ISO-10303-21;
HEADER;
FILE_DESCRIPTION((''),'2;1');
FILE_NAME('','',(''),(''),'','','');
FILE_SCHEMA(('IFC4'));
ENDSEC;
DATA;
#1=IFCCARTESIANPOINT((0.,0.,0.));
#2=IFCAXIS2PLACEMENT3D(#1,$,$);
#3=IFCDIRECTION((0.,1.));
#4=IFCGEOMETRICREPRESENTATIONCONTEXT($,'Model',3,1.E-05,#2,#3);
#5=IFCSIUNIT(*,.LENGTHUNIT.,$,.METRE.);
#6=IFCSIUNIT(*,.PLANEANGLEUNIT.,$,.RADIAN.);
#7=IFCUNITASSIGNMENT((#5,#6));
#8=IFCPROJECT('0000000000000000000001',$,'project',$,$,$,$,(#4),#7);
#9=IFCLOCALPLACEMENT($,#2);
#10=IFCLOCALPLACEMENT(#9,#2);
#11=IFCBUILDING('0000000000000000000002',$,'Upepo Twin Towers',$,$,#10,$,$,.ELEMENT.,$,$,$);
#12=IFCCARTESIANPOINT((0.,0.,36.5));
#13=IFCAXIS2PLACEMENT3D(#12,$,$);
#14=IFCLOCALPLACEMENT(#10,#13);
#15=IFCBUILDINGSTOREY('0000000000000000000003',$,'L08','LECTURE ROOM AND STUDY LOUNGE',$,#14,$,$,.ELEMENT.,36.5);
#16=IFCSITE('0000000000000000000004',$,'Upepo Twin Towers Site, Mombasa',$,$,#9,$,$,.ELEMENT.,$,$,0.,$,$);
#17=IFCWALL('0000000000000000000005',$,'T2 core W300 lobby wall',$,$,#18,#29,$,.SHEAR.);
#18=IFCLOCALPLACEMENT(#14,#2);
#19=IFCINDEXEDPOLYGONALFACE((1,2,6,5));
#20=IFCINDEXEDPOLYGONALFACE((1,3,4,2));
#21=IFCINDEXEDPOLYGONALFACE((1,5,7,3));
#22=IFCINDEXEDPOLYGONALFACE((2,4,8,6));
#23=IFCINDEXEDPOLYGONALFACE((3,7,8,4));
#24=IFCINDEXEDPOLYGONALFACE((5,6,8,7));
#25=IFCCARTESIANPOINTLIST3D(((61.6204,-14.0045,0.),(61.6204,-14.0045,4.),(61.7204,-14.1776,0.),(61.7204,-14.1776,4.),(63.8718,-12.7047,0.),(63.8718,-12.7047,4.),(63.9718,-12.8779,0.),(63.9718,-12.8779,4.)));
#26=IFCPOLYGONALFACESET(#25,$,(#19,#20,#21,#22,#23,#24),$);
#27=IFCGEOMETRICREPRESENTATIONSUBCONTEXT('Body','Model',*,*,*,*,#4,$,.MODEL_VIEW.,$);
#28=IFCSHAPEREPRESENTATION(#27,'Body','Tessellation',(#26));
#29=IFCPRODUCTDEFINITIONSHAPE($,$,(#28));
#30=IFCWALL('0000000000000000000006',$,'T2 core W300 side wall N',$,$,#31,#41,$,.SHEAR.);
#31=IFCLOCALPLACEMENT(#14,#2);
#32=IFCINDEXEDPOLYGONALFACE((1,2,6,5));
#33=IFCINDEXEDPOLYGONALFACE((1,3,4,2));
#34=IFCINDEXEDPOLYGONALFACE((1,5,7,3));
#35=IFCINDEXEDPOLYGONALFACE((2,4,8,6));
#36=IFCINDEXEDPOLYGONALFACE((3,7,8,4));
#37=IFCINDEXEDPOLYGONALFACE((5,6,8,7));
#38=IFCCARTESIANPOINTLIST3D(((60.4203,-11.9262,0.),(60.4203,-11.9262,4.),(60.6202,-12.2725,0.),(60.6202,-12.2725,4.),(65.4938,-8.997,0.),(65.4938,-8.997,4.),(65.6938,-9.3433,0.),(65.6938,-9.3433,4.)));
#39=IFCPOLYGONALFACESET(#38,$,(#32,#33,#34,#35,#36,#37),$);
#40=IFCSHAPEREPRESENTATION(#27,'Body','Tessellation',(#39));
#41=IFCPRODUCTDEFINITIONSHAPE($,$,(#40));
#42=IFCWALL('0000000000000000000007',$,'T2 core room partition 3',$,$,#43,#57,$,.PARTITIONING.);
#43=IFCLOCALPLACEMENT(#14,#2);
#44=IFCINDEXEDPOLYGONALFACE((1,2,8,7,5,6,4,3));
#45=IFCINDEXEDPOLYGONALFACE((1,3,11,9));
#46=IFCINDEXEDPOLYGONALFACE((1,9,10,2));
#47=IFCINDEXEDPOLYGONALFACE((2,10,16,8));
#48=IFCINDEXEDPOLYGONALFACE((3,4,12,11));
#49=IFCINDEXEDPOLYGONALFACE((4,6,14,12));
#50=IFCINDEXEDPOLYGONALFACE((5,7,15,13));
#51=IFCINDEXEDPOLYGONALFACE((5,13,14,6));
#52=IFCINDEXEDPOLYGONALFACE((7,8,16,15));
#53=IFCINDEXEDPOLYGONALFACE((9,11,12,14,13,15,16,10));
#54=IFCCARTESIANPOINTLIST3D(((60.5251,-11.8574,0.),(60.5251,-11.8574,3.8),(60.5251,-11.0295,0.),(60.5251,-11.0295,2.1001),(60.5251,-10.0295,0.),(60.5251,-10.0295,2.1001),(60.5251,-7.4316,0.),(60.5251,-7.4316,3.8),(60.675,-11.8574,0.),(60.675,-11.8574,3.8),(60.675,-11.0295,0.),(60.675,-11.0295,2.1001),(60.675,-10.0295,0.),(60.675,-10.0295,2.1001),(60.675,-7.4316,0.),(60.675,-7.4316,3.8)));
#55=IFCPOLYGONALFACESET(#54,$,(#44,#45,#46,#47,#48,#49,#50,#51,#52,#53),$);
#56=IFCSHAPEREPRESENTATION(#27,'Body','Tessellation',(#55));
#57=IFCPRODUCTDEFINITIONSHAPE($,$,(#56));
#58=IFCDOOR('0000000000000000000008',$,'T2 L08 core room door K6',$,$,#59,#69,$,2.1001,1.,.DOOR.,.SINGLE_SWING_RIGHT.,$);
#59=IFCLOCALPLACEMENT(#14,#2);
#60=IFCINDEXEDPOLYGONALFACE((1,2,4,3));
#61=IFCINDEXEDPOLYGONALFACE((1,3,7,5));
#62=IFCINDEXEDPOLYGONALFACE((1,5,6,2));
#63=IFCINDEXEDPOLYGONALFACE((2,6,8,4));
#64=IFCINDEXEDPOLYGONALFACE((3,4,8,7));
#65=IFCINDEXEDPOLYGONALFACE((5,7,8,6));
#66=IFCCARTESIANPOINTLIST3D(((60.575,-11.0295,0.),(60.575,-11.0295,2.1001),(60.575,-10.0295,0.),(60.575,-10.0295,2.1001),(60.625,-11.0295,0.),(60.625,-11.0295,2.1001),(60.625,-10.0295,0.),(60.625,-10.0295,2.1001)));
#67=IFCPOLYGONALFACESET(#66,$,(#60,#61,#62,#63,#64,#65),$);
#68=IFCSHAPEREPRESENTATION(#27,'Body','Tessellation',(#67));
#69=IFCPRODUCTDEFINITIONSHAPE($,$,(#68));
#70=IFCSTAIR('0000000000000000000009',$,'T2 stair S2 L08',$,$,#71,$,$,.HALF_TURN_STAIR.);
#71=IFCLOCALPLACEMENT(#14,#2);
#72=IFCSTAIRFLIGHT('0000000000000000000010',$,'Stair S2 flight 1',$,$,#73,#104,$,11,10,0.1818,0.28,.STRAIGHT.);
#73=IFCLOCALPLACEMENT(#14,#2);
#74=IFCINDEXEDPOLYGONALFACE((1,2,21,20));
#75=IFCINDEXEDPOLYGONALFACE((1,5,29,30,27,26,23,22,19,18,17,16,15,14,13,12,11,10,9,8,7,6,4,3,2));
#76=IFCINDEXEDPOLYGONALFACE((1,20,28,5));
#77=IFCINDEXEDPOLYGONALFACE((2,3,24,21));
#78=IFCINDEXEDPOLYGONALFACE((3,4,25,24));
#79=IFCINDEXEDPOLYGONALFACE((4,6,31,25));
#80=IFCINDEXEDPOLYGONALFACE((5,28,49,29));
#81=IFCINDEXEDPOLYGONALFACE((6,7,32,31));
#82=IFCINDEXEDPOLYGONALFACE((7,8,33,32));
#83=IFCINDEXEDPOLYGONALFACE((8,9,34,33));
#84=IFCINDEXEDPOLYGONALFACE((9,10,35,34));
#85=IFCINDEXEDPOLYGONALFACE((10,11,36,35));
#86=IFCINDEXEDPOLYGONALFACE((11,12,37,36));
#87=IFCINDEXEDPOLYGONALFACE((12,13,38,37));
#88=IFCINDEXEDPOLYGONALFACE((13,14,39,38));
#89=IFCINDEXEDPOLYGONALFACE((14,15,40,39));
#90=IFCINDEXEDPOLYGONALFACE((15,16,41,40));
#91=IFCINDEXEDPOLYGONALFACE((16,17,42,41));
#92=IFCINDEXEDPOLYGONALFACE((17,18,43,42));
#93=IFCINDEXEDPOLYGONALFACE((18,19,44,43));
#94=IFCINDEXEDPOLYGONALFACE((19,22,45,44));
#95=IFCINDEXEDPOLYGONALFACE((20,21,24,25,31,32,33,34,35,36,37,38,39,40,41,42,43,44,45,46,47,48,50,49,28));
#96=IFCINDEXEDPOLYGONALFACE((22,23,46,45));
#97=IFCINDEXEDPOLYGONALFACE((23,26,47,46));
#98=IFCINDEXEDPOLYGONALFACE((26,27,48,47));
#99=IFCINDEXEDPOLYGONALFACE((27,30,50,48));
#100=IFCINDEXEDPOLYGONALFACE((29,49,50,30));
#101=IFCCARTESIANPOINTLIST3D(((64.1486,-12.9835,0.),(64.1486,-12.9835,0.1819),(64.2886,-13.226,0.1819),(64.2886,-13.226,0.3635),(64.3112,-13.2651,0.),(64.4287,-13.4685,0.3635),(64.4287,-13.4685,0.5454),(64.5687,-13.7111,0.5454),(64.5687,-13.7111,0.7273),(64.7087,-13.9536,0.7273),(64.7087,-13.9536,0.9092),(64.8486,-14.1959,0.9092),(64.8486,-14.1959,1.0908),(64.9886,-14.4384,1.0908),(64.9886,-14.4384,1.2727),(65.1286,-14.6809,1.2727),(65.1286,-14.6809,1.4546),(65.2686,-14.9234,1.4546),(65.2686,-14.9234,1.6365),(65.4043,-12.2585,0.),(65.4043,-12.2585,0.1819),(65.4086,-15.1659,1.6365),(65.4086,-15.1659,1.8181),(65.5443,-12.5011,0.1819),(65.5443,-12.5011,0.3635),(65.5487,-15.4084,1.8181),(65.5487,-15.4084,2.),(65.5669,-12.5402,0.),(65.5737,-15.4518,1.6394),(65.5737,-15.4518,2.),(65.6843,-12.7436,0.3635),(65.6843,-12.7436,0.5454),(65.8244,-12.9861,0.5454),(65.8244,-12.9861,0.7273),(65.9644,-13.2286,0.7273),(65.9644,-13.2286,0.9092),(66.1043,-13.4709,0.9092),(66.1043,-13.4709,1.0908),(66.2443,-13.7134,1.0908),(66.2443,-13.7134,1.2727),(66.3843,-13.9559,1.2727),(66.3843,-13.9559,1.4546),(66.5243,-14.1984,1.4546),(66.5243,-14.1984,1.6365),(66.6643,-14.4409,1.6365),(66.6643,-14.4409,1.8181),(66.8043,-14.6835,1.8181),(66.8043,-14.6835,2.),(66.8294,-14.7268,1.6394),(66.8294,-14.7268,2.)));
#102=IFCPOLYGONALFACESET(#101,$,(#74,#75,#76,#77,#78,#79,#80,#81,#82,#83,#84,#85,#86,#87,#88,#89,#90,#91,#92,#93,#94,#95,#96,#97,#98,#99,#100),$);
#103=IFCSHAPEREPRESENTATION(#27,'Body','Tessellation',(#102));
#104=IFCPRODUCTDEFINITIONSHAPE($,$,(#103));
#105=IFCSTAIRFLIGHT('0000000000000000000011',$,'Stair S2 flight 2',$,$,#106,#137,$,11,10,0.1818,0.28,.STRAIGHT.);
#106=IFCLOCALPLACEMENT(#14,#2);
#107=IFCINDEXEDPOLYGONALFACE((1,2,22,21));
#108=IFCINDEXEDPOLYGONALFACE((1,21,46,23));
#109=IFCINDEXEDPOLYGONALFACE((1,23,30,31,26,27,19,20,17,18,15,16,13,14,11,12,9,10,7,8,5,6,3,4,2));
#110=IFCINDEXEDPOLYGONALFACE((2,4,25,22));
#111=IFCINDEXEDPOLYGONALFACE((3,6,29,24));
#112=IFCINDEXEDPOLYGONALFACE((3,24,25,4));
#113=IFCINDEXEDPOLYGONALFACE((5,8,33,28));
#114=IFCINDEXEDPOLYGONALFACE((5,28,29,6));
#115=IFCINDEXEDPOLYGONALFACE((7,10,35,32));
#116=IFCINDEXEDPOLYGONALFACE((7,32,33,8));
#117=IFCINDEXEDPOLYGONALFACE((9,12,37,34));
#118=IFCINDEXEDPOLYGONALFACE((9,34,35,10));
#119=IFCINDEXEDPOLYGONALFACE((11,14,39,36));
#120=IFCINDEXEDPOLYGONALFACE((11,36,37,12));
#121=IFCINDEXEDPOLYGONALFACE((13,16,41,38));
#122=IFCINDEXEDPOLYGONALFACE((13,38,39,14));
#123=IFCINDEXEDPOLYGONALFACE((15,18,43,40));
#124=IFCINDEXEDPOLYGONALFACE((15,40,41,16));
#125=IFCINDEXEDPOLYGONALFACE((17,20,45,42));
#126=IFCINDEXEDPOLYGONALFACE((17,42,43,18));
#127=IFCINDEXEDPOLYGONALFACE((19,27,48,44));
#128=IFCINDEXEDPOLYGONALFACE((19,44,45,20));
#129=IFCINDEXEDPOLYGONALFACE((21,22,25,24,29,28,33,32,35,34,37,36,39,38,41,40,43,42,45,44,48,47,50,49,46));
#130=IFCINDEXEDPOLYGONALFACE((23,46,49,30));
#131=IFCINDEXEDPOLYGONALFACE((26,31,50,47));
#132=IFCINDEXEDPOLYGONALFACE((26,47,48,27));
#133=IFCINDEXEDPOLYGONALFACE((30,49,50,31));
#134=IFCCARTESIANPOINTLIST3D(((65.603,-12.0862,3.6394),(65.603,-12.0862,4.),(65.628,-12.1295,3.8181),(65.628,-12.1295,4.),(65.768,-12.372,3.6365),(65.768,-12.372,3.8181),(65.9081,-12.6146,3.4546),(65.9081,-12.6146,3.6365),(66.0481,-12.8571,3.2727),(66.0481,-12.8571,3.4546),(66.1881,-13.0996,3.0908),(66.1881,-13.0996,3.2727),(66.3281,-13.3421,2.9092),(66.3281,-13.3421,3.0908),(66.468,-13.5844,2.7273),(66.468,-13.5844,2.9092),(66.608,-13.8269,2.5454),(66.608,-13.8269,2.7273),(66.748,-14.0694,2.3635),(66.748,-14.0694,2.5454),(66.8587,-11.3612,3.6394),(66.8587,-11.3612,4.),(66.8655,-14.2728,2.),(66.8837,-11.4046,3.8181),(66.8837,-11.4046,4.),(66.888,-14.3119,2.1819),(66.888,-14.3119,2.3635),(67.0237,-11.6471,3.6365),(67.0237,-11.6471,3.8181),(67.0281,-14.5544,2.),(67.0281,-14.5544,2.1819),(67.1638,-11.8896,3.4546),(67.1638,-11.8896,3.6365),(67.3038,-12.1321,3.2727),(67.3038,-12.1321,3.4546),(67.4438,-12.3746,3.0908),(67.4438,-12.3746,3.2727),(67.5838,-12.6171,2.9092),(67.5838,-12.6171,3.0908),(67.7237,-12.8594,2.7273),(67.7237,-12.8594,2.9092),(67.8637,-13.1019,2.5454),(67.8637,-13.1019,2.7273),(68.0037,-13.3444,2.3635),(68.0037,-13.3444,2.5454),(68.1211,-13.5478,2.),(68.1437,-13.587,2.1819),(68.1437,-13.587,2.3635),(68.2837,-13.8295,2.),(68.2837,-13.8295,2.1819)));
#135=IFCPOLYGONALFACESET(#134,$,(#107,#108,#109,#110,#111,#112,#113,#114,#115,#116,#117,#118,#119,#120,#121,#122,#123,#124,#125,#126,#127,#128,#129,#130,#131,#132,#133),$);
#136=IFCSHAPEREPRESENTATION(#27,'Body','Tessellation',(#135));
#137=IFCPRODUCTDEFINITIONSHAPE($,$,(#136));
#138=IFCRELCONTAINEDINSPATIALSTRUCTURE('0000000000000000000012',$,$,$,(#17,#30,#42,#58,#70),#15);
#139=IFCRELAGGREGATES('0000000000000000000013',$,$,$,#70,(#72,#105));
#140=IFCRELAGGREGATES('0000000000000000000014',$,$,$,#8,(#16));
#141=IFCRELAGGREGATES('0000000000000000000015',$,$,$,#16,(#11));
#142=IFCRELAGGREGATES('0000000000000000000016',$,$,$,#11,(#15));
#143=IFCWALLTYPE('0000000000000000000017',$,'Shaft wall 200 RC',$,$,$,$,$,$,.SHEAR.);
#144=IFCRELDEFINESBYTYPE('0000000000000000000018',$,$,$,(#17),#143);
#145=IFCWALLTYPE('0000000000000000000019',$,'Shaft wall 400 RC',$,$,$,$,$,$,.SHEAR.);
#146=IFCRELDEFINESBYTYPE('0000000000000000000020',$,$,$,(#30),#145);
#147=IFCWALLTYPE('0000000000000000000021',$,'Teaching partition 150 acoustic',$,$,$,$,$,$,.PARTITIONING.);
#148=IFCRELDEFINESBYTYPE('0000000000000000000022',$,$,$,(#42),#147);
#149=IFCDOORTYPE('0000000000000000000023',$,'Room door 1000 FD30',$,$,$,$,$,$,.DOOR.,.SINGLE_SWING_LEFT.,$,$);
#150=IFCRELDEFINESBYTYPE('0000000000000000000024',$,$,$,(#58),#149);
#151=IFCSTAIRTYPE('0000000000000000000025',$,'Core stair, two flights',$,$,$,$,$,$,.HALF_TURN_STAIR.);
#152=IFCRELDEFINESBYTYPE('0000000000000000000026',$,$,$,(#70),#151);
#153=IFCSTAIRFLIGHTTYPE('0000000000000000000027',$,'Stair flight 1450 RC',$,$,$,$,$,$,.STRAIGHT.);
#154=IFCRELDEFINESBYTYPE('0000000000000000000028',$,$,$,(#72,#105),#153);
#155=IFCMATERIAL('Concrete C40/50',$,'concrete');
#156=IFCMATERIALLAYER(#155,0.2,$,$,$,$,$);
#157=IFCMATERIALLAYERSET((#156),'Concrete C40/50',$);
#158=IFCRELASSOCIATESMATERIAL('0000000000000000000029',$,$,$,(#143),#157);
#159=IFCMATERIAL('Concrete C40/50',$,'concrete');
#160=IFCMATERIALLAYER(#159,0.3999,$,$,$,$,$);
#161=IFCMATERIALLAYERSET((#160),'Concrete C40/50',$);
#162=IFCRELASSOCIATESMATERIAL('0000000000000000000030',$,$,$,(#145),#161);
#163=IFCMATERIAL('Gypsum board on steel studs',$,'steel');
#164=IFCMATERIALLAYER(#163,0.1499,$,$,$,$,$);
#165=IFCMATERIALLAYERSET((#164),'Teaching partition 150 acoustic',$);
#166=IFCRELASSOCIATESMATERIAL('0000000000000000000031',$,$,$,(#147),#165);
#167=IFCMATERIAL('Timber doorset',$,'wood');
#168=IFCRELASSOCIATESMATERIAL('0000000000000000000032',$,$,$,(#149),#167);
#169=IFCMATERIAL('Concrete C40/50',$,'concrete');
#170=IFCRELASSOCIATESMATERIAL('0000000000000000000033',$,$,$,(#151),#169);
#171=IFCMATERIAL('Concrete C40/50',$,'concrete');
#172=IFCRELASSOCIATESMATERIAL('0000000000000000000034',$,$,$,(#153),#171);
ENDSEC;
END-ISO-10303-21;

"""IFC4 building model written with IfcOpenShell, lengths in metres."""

from ifc_helpers import new_model, si_unit, direction, frame, frame_2d, origin, place, context, subcontext, project, spatial, polyline, rectangle, outline, extrude, material, layer, layer_set, type_object, element, fill, aggregate, save


model = new_model("IFC4")

# Units and contexts
model_context = context("Model", 3, precision=1e-05, world=origin(), true_north=direction((0.0, 1.0)))
body_context = subcontext(model_context, "Body", "Model", "MODEL_VIEW")
ifc_project = project(units=[si_unit("LENGTHUNIT", "METRE"), si_unit("PLANEANGLEUNIT", "RADIAN")], contexts=[model_context])

# Site, building, storey
site_placement = place(None, origin())
site = spatial("IfcSite", under=ifc_project, at=site_placement, Name="Upepo Twin Towers Site, Mombasa", CompositionType="ELEMENT", RefElevation=0.0)
building_placement = place(site_placement, origin())
building = spatial("IfcBuilding", under=site, at=building_placement, Name="Upepo Twin Towers", CompositionType="ELEMENT")
storey_placement = place(building_placement, frame((0.0, 0.0, 36.5)))
storey = spatial("IfcBuildingStorey", under=building, at=storey_placement, Name="L08", Description="LECTURE ROOM AND STUDY LOUNGE", CompositionType="ELEMENT", Elevation=36.5)

# Walls
ifc_material_1 = material(Name="Concrete C40/50", Category="concrete")
ifc_layer_1 = layer(ifc_material_1, 0.2)
ifc_layer_set_1 = layer_set([ifc_layer_1], Name="Concrete C40/50")
wall_type_1 = type_object("IfcWallType", Name="Shaft wall 200 RC", PredefinedType="SHEAR", material=ifc_layer_set_1)
wall_1_placement = place(storey_placement, frame((61.6704, -14.0911, 0.0), z_axis=(0.0, 0.0, 1.0), x_axis=(0.866039, 0.499977, 0.0)))
element("IfcWall", 1, at=wall_1_placement, inside=storey, type_object=wall_type_1, Name="T2 core W300 lobby wall", PredefinedType="SHEAR", context=body_context, shape_type="SweptSolid", body=[
    extrude(rectangle(XDim=2.5996, YDim=0.2, at=frame_2d((1.2998, 0.0))), origin(), (0.0, 0.0, 1.0), 4.0),
])
ifc_material_2 = material(Name="Concrete C40/50", Category="concrete")
ifc_layer_2 = layer(ifc_material_2, 0.3999)
ifc_layer_set_2 = layer_set([ifc_layer_2], Name="Concrete C40/50")
wall_type_2 = type_object("IfcWallType", Name="Shaft wall 400 RC", PredefinedType="SHEAR", material=ifc_layer_set_2)
wall_2_placement = place(storey_placement, frame((60.5203, -12.0994, 0.0), z_axis=(0.0, 0.0, 1.0), x_axis=(0.866024, 0.500003, 0.0)))
element("IfcWall", 2, at=wall_2_placement, inside=storey, type_object=wall_type_2, Name="T2 core W300 side wall N", PredefinedType="SHEAR", context=body_context, shape_type="SweptSolid", body=[
    extrude(rectangle(XDim=5.8584, YDim=0.3999, at=frame_2d((2.9292, 0.0))), origin(), (0.0, 0.0, 1.0), 4.0),
])

# Wall, opening, door
ifc_material_3 = material(Name="Gypsum board on steel studs", Category="steel")
ifc_layer_3 = layer(ifc_material_3, 0.1499)
ifc_layer_set_3 = layer_set([ifc_layer_3], Name="Teaching partition 150 acoustic")
wall_type_3 = type_object("IfcWallType", Name="Teaching partition 150 acoustic", PredefinedType="PARTITIONING", material=ifc_layer_set_3)
wall_3_placement = place(storey_placement, frame((60.6001, -7.4316, 0.0), z_axis=(0.0, 0.0, 1.0), x_axis=(0.0, -1.0, 0.0)))
wall_3 = element("IfcWall", 3, at=wall_3_placement, inside=storey, type_object=wall_type_3, Name="T2 core room partition 3", PredefinedType="PARTITIONING", context=body_context, shape_type="SweptSolid", body=[
    extrude(rectangle(XDim=4.4258, YDim=0.1499, at=frame_2d((2.2129, 0.0))), origin(), (0.0, 0.0, 1.0), 3.8),
])
opening_1_placement = place(wall_3_placement, frame((2.5979, 0.0, 0.0)))
opening_1 = element("IfcOpeningElement", 4, at=opening_1_placement, cuts=wall_3, PredefinedType="OPENING", context=body_context, shape_type="SweptSolid", body=[
    extrude(rectangle(XDim=1.0, YDim=2.1001, at=frame_2d((0.5, 1.05))), frame((0.0, 0.085, 0.0), z_axis=(0.0, -1.0, 0.0), x_axis=(1.0, 0.0, 0.0)), (0.0, 0.0, 1.0), 0.1699),
])
ifc_material_4 = material(Name="Timber doorset", Category="wood")
door_type_1 = type_object("IfcDoorType", Name="Room door 1000 FD30", OperationType="SINGLE_SWING_LEFT", PredefinedType="DOOR", material=ifc_material_4)
door_1_placement = place(opening_1_placement, origin())
door_1 = element("IfcDoor", 5, at=door_1_placement, inside=storey, type_object=door_type_1, Name="T2 L08 core room door K6", OperationType="SINGLE_SWING_RIGHT", OverallHeight=2.1001, OverallWidth=1.0, PredefinedType="DOOR", context=body_context, shape_type="SweptSolid", body=[
    extrude(rectangle(XDim=1.0, YDim=2.1001, at=frame_2d((0.5, 1.05))), frame((0.0, 0.0249, 0.0), z_axis=(0.0, -1.0, 0.0), x_axis=(1.0, 0.0, 0.0)), (0.0, 0.0, 1.0), 0.05),
])
fill(opening_1, door_1)

# Stair, stair flights
ifc_material_5 = material(Name="Concrete C40/50", Category="concrete")
stair_type = type_object("IfcStairType", Name="Core stair, two flights", PredefinedType="HALF_TURN_STAIR", material=ifc_material_5)
stair_placement = place(storey_placement, origin())
stair = element("IfcStair", 6, at=stair_placement, inside=storey, type_object=stair_type, Name="T2 stair S2 L08", PredefinedType="HALF_TURN_STAIR")
ifc_material_6 = material(Name="Concrete C40/50", Category="concrete")
stair_flight_type = type_object("IfcStairFlightType", Name="Stair flight 1450 RC", PredefinedType="STRAIGHT", material=ifc_material_6)
stair_flight_1_placement = place(storey_placement, frame((64.7764, -12.6211, 0.0), z_axis=(0.0, 0.0, 1.0), x_axis=(0.5, -0.866025, 0.0)))
stair_flight_1 = element("IfcStairFlight", 7, at=stair_flight_1_placement, type_object=stair_flight_type, Name="Stair S2 flight 1", NumberOfRisers=11, NumberOfTreads=10, PredefinedType="STRAIGHT", RiserHeight=0.1818, TreadLength=0.28, context=body_context, shape_type="SweptSolid", body=[
    extrude(outline(polyline([(0.0, 0.0), (0.0, 0.1819), (0.28, 0.1819), (0.28, 0.3635), (0.5601, 0.3635), (0.5601, 0.5454), (0.8401, 0.5454), (0.8401, 0.7273), (1.1201, 0.7273), (1.1201, 0.9092), (1.3999, 0.9092), (1.3999, 1.0908), (1.6799, 1.0908), (1.6799, 1.2727), (1.96, 1.2727), (1.96, 1.4546), (2.24, 1.4546), (2.24, 1.6365), (2.52, 1.6365), (2.52, 1.8181), (2.8, 1.8181), (2.8, 2.0), (2.8501, 2.0), (2.8501, 1.6394), (0.3252, 0.0), (0.0, 0.0)])), frame((0.0, 0.7251, 0.0), z_axis=(0.0, -1.0, 0.0), x_axis=(1.0, 0.0, 0.0)), (0.0, 0.0, 1.0), 1.45),
])
stair_flight_2_placement = place(storey_placement, frame((67.656, -14.1919, 2.0), z_axis=(0.0, 0.0, 1.0), x_axis=(-0.5, 0.866025, 0.0)))
stair_flight_2 = element("IfcStairFlight", 8, at=stair_flight_2_placement, type_object=stair_flight_type, Name="Stair S2 flight 2", NumberOfRisers=11, NumberOfTreads=10, PredefinedType="STRAIGHT", RiserHeight=0.1818, TreadLength=0.28, context=body_context, shape_type="SweptSolid", body=[
    extrude(outline(polyline([(0.0, 0.0), (0.0, 0.1819), (0.28, 0.1819), (0.28, 0.3635), (0.5601, 0.3635), (0.5601, 0.5454), (0.8401, 0.5454), (0.8401, 0.7273), (1.1201, 0.7273), (1.1201, 0.9092), (1.3999, 0.9092), (1.3999, 1.0908), (1.6799, 1.0908), (1.6799, 1.2727), (1.96, 1.2727), (1.96, 1.4546), (2.24, 1.4546), (2.24, 1.6365), (2.52, 1.6365), (2.52, 1.8181), (2.8, 1.8181), (2.8, 2.0), (2.8501, 2.0), (2.8501, 1.6394), (0.3252, 0.0), (0.0, 0.0)])), frame((0.0, 0.7251, 0.0), z_axis=(0.0, -1.0, 0.0), x_axis=(1.0, 0.0, 0.0)), (0.0, 0.0, 1.0), 1.45),
])
aggregate(stair, [stair_flight_1, stair_flight_2])

save(model, "model.ifc")
